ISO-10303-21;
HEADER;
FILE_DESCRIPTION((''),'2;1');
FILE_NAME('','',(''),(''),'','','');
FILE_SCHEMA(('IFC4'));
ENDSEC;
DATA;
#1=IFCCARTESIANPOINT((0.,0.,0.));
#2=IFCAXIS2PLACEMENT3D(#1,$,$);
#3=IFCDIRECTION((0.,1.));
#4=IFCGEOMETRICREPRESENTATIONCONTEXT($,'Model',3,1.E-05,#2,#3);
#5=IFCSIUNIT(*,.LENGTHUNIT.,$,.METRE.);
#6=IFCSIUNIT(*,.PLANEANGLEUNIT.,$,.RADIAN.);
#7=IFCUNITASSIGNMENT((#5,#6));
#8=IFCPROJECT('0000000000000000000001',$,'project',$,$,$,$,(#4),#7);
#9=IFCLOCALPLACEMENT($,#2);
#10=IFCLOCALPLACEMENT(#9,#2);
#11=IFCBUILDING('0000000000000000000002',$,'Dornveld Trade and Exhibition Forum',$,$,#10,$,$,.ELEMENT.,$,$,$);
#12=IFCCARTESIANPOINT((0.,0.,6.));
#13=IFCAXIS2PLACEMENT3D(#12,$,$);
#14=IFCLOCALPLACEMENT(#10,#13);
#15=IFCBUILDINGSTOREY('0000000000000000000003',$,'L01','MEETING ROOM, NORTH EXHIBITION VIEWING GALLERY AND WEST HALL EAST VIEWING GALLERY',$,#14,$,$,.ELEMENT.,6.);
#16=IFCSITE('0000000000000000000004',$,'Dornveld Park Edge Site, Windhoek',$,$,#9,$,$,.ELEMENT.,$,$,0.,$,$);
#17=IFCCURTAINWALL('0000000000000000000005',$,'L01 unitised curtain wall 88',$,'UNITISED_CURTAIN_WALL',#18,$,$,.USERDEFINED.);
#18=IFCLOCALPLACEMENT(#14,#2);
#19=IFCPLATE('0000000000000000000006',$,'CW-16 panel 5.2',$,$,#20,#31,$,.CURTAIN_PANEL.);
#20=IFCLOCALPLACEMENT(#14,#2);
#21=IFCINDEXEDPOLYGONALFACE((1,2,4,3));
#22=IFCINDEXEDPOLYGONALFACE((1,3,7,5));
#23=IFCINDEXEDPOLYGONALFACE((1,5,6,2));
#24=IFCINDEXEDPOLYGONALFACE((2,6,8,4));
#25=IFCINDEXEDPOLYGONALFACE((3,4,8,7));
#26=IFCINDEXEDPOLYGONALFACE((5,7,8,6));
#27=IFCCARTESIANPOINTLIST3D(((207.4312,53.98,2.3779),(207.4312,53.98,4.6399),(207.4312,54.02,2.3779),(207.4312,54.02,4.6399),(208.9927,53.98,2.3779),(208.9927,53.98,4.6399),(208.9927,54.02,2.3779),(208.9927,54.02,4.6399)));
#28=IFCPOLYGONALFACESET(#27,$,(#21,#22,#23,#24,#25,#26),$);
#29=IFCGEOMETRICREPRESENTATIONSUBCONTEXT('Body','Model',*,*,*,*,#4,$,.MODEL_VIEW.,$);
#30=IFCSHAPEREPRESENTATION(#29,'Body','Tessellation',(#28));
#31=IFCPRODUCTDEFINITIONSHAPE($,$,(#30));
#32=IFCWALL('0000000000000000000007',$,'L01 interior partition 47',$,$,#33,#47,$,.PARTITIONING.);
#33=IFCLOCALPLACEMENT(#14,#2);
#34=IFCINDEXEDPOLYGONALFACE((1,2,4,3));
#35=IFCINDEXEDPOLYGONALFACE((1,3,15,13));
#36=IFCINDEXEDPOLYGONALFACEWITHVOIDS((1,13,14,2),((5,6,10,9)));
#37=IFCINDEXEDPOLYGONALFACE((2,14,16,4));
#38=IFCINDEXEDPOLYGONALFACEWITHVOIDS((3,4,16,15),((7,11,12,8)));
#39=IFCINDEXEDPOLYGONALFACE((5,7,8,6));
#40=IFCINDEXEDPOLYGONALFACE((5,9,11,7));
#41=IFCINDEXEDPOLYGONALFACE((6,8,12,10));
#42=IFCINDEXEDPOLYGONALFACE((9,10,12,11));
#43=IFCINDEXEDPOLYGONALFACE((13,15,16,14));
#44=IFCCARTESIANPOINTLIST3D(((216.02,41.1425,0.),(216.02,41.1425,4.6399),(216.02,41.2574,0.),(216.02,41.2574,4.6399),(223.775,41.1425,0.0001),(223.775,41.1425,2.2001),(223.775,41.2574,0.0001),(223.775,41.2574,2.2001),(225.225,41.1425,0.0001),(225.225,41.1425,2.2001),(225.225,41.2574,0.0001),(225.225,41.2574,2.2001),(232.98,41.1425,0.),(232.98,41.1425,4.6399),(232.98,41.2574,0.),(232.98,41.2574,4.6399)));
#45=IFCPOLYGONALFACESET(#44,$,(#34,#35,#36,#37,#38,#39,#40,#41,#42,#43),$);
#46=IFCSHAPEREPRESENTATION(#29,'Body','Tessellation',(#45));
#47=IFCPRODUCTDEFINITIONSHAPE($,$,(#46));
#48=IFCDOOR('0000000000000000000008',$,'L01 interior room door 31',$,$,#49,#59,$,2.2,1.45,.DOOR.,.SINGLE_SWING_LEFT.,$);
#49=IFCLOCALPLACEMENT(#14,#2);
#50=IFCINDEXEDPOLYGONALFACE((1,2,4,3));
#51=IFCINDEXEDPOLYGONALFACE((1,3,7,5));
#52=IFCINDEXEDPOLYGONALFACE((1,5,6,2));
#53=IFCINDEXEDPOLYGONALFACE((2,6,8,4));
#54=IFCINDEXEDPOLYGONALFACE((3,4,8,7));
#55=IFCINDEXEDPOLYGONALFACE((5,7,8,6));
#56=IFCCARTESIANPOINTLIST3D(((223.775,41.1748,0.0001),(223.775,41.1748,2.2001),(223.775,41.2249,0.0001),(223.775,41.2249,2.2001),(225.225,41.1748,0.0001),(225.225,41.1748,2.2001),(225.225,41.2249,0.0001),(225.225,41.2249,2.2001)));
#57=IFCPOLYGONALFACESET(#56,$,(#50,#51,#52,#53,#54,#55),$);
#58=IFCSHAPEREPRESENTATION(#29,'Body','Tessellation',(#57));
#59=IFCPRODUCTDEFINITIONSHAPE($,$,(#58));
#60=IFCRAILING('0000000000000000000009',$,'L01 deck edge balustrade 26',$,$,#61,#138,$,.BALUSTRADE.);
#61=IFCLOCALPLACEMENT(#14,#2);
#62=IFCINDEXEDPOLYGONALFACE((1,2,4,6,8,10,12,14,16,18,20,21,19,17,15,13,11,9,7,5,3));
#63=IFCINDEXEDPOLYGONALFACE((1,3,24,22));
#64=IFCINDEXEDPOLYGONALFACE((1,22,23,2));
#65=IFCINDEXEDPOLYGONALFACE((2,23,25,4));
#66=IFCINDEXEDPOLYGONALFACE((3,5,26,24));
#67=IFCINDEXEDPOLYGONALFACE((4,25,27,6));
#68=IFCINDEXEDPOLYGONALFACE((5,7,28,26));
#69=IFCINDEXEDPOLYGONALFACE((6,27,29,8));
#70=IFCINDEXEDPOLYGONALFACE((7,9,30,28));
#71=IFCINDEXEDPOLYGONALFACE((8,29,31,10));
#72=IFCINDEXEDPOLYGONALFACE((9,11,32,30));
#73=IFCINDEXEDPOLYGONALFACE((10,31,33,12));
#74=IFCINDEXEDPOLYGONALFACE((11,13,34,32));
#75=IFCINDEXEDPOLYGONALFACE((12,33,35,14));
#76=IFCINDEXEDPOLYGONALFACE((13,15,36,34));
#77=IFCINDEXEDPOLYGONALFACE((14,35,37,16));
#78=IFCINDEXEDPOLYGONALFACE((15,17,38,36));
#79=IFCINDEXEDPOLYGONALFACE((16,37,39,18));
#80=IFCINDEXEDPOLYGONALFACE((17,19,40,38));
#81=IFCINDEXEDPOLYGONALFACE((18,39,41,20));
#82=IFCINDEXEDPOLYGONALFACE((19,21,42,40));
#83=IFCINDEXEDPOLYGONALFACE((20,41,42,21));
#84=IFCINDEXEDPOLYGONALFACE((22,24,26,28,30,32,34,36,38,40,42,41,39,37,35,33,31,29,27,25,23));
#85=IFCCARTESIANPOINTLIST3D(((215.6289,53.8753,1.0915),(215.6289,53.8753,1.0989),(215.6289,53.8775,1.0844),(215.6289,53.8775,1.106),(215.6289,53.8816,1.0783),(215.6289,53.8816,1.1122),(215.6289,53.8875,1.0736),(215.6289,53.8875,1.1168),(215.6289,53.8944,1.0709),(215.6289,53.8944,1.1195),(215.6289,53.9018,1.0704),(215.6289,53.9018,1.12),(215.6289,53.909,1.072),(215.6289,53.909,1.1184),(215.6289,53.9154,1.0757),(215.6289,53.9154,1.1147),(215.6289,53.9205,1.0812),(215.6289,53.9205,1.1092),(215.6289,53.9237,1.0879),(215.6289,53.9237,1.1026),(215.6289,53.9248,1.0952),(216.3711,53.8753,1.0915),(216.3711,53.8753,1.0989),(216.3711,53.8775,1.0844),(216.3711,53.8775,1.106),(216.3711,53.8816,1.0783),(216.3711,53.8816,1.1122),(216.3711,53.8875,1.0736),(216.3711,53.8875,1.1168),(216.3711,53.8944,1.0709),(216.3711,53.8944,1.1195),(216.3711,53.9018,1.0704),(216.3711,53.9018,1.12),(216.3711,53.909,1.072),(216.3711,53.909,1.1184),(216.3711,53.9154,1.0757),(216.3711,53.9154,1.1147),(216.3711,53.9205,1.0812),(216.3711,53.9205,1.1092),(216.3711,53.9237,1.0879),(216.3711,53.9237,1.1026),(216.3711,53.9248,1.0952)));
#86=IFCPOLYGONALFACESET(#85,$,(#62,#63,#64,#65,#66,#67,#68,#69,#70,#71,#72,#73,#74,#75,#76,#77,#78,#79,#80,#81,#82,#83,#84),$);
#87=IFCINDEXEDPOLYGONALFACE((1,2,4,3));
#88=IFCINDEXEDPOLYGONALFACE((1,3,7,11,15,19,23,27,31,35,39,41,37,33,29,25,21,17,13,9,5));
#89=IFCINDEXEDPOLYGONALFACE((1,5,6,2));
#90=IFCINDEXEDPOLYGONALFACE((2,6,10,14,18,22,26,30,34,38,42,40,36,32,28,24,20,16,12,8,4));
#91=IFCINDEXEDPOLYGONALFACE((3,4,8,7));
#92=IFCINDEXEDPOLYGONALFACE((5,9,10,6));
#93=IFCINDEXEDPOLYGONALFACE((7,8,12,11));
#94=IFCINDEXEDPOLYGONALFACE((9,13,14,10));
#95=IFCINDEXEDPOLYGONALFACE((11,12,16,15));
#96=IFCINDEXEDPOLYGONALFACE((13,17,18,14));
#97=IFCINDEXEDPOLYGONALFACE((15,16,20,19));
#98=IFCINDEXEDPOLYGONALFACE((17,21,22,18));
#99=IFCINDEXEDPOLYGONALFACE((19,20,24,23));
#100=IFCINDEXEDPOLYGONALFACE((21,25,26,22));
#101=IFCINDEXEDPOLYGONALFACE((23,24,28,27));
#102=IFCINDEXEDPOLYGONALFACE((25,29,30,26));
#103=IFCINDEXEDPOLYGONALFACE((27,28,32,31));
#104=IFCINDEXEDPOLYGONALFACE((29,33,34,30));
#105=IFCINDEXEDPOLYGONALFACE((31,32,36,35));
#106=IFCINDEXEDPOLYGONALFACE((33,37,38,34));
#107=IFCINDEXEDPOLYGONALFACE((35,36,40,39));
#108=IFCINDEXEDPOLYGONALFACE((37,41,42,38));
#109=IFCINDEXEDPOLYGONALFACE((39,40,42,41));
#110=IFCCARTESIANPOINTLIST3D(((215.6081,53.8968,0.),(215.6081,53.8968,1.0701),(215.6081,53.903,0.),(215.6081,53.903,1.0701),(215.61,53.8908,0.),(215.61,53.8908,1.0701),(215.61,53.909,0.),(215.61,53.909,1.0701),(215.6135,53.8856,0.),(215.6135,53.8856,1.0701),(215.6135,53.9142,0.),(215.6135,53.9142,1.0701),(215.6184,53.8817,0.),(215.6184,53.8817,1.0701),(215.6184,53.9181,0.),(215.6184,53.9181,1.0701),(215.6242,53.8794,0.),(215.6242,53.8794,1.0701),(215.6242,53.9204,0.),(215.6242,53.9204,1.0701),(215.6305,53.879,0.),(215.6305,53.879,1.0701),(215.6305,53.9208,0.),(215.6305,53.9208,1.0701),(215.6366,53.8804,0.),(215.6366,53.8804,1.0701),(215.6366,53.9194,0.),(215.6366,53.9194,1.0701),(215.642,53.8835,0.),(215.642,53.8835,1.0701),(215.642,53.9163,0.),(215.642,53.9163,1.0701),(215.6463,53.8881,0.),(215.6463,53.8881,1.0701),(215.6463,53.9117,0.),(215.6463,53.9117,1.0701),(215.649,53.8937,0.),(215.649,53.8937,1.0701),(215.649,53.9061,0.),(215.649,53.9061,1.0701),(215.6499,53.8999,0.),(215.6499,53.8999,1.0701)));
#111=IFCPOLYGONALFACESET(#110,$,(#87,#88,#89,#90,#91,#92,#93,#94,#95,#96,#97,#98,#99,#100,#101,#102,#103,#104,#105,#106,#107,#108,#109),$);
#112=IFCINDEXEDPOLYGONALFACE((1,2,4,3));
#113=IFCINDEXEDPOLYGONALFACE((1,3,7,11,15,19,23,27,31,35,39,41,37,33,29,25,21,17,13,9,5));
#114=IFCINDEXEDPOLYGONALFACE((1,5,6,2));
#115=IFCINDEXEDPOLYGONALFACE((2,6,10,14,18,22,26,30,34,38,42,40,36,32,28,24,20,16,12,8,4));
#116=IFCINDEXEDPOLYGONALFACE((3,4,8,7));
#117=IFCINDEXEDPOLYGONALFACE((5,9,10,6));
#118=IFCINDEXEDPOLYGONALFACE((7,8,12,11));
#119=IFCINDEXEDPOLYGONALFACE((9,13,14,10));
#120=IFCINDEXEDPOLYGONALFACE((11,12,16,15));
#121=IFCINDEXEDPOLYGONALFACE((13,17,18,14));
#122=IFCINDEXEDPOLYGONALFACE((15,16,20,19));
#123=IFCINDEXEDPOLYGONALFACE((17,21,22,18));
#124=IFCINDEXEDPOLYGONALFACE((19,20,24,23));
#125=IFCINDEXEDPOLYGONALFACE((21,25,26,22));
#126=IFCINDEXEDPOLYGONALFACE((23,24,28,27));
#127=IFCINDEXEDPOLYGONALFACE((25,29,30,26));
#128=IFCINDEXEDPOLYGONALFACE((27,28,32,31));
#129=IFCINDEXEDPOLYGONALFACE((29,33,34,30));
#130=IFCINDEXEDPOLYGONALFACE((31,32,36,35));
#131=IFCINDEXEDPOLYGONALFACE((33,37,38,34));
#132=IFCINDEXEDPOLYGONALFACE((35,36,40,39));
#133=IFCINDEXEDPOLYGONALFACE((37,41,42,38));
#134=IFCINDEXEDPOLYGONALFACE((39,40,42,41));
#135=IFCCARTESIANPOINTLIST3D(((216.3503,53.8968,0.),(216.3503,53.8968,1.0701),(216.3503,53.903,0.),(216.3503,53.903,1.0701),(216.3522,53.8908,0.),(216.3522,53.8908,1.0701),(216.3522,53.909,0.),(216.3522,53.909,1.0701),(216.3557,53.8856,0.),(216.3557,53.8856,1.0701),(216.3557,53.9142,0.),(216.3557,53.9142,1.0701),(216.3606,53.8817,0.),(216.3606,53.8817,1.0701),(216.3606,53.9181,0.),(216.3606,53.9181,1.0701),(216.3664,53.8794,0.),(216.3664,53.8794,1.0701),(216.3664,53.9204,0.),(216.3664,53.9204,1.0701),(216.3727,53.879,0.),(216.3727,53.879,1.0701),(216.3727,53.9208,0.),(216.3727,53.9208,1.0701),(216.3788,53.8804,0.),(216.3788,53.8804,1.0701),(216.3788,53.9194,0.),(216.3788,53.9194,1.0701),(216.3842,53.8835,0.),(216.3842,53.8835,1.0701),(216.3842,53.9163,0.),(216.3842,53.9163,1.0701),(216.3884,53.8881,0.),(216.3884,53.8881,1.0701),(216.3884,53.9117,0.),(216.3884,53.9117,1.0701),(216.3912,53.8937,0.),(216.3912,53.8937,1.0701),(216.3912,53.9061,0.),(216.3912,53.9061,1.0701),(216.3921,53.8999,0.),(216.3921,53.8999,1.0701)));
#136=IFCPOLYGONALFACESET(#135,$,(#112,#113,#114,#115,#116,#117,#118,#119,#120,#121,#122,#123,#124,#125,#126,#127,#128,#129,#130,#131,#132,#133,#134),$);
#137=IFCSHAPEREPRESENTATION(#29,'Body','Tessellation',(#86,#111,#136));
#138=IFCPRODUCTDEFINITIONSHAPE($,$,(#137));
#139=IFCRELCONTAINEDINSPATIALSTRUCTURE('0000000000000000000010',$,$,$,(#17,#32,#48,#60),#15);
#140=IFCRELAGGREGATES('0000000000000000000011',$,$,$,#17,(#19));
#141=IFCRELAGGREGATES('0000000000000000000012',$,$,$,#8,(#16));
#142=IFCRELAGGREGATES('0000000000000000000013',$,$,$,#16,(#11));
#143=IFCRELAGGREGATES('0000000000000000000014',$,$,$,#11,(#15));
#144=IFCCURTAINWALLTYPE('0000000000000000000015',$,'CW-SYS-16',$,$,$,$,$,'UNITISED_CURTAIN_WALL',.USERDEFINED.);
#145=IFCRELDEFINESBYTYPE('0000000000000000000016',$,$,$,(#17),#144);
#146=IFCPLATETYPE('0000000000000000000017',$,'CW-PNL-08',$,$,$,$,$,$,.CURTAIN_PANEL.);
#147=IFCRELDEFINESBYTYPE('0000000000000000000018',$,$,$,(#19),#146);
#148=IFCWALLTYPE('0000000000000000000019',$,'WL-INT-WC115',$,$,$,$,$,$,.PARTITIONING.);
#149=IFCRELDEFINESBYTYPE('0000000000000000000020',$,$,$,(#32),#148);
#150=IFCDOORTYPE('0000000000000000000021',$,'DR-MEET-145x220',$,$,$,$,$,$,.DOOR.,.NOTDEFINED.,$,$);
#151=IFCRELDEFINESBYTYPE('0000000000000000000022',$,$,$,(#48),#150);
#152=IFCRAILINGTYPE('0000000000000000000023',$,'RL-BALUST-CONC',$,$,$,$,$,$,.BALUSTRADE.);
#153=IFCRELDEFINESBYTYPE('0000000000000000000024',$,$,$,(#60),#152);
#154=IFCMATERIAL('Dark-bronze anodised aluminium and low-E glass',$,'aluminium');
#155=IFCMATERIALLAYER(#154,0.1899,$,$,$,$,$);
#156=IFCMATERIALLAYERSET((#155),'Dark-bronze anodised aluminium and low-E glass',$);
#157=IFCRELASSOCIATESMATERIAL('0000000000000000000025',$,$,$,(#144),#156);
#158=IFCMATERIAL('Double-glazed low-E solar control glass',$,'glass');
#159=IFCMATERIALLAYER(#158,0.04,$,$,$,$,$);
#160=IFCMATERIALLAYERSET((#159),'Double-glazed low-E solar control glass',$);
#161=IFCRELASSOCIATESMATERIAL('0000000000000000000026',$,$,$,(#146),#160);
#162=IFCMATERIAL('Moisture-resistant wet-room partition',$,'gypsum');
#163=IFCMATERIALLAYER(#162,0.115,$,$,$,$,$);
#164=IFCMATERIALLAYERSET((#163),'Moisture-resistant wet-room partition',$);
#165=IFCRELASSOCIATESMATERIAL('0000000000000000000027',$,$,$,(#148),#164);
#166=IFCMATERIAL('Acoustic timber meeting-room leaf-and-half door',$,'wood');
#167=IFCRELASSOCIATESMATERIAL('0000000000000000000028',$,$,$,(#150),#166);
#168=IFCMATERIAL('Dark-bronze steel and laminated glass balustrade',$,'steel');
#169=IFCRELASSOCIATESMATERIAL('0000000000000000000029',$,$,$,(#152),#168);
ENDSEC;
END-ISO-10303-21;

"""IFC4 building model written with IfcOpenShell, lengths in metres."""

from ifc_helpers import new_model, si_unit, direction, frame, frame_2d, origin, origin_2d, place, context, subcontext, project, spatial, rectangle, circle, extrude, material, layer, layer_set, type_object, element, fill, aggregate, save


model = new_model("IFC4")

# Units and contexts
model_context = context("Model", 3, precision=1e-05, world=origin(), true_north=direction((0.0, 1.0)))
body_context = subcontext(model_context, "Body", "Model", "MODEL_VIEW")
ifc_project = project(units=[si_unit("LENGTHUNIT", "METRE"), si_unit("PLANEANGLEUNIT", "RADIAN")], contexts=[model_context])

# Site, building, storey
site_placement = place(None, origin())
site = spatial("IfcSite", under=ifc_project, at=site_placement, Name="Dornveld Park Edge Site, Windhoek", CompositionType="ELEMENT", RefElevation=0.0)
building_placement = place(site_placement, origin())
building = spatial("IfcBuilding", under=site, at=building_placement, Name="Dornveld Trade and Exhibition Forum", CompositionType="ELEMENT")
storey_placement = place(building_placement, frame((0.0, 0.0, 6.0)))
storey = spatial("IfcBuildingStorey", under=building, at=storey_placement, Name="L01", Description="MEETING ROOM, NORTH EXHIBITION VIEWING GALLERY AND WEST HALL EAST VIEWING GALLERY", CompositionType="ELEMENT", Elevation=6.0)

# Curtain wall, plate
ifc_material_1 = material(Name="Dark-bronze anodised aluminium and low-E glass", Category="aluminium")
ifc_layer_1 = layer(ifc_material_1, 0.1899)
ifc_layer_set_1 = layer_set([ifc_layer_1], Name="Dark-bronze anodised aluminium and low-E glass")
curtain_wall_type = type_object("IfcCurtainWallType", Name="CW-SYS-16", ElementType="UNITISED_CURTAIN_WALL", PredefinedType="USERDEFINED", material=ifc_layer_set_1)
curtain_wall_placement = place(storey_placement, origin())
curtain_wall = element("IfcCurtainWall", 1, at=curtain_wall_placement, inside=storey, type_object=curtain_wall_type, Name="L01 unitised curtain wall 88", ObjectType="UNITISED_CURTAIN_WALL", PredefinedType="USERDEFINED")
ifc_material_2 = material(Name="Double-glazed low-E solar control glass", Category="glass")
ifc_layer_2 = layer(ifc_material_2, 0.04)
ifc_layer_set_2 = layer_set([ifc_layer_2], Name="Double-glazed low-E solar control glass")
plate_type = type_object("IfcPlateType", Name="CW-PNL-08", PredefinedType="CURTAIN_PANEL", material=ifc_layer_set_2)
plate_1_placement = place(storey_placement, frame((208.2119, 54.0, 2.3779), z_axis=(0.0, 0.0, 1.0), x_axis=(-1.0, 0.0, 0.0)))
plate_1 = element("IfcPlate", 2, at=plate_1_placement, type_object=plate_type, Name="CW-16 panel 5.2", PredefinedType="CURTAIN_PANEL", context=body_context, shape_type="SweptSolid", body=[
    extrude(rectangle(XDim=1.5615, YDim=0.04, at=origin_2d()), origin(), (0.0, 0.0, 1.0), 2.262),
])
aggregate(curtain_wall, [plate_1])

# Wall, opening, door
ifc_material_3 = material(Name="Moisture-resistant wet-room partition", Category="gypsum")
ifc_layer_3 = layer(ifc_material_3, 0.115)
ifc_layer_set_3 = layer_set([ifc_layer_3], Name="Moisture-resistant wet-room partition")
wall_type = type_object("IfcWallType", Name="WL-INT-WC115", PredefinedType="PARTITIONING", material=ifc_layer_set_3)
wall_placement = place(storey_placement, frame((216.02, 41.2, 0.0), z_axis=(0.0, 0.0, 1.0), x_axis=(1.0, 0.0, 0.0)))
wall = element("IfcWall", 3, at=wall_placement, inside=storey, type_object=wall_type, Name="L01 interior partition 47", PredefinedType="PARTITIONING", context=body_context, shape_type="SweptSolid", body=[
    extrude(rectangle(XDim=16.96, YDim=0.115, at=frame_2d((8.48, 0.0))), origin(), (0.0, 0.0, 1.0), 4.6399),
])
opening_placement = place(wall_placement, frame((7.7549, 0.0, 0.0)))
opening = element("IfcOpeningElement", 4, at=opening_placement, cuts=wall, PredefinedType="OPENING", context=body_context, shape_type="SweptSolid", body=[
    extrude(rectangle(XDim=1.45, YDim=2.2, at=frame_2d((0.7251, 1.1001))), frame((0.0, 0.0674, 0.0), z_axis=(0.0, -1.0, 0.0), x_axis=(1.0, 0.0, 0.0)), (0.0, 0.0, 1.0), 0.135),
])
ifc_material_4 = material(Name="Acoustic timber meeting-room leaf-and-half door", Category="wood")
door_type = type_object("IfcDoorType", Name="DR-MEET-145x220", OperationType="NOTDEFINED", PredefinedType="DOOR", material=ifc_material_4)
door_placement = place(opening_placement, origin())
door = element("IfcDoor", 5, at=door_placement, inside=storey, type_object=door_type, Name="L01 interior room door 31", OperationType="SINGLE_SWING_LEFT", OverallHeight=2.2, OverallWidth=1.45, PredefinedType="DOOR", context=body_context, shape_type="SweptSolid", body=[
    extrude(rectangle(XDim=1.45, YDim=2.2, at=frame_2d((0.7251, 1.1001))), frame((0.0, 0.0249, 0.0), z_axis=(0.0, -1.0, 0.0), x_axis=(1.0, 0.0, 0.0)), (0.0, 0.0, 1.0), 0.05),
])
fill(opening, door)

# Railing
ifc_material_5 = material(Name="Dark-bronze steel and laminated glass balustrade", Category="steel")
railing_type = type_object("IfcRailingType", Name="RL-BALUST-CONC", PredefinedType="BALUSTRADE", material=ifc_material_5)
railing_placement = place(storey_placement, frame((215.6289, 53.8999, 0.0)))
element("IfcRailing", 6, at=railing_placement, inside=storey, type_object=railing_type, Name="L01 deck edge balustrade 26", PredefinedType="BALUSTRADE", context=body_context, shape_type="SweptSolid", body=[
    extrude(circle(Radius=0.0249, at=origin_2d()), frame((0.0, 0.0, 1.0952), z_axis=(1.0, 0.0, 0.0), x_axis=(0.0, 1.0, 0.0)), (0.0, 0.0, 1.0), 0.7422),
    extrude(circle(Radius=0.021, at=origin_2d()), origin(), (0.0, 0.0, 1.0), 1.0701),
    extrude(circle(Radius=0.021, at=origin_2d()), frame((0.7422, 0.0, 0.0)), (0.0, 0.0, 1.0), 1.0701),
])

save(model, "model.ifc")
